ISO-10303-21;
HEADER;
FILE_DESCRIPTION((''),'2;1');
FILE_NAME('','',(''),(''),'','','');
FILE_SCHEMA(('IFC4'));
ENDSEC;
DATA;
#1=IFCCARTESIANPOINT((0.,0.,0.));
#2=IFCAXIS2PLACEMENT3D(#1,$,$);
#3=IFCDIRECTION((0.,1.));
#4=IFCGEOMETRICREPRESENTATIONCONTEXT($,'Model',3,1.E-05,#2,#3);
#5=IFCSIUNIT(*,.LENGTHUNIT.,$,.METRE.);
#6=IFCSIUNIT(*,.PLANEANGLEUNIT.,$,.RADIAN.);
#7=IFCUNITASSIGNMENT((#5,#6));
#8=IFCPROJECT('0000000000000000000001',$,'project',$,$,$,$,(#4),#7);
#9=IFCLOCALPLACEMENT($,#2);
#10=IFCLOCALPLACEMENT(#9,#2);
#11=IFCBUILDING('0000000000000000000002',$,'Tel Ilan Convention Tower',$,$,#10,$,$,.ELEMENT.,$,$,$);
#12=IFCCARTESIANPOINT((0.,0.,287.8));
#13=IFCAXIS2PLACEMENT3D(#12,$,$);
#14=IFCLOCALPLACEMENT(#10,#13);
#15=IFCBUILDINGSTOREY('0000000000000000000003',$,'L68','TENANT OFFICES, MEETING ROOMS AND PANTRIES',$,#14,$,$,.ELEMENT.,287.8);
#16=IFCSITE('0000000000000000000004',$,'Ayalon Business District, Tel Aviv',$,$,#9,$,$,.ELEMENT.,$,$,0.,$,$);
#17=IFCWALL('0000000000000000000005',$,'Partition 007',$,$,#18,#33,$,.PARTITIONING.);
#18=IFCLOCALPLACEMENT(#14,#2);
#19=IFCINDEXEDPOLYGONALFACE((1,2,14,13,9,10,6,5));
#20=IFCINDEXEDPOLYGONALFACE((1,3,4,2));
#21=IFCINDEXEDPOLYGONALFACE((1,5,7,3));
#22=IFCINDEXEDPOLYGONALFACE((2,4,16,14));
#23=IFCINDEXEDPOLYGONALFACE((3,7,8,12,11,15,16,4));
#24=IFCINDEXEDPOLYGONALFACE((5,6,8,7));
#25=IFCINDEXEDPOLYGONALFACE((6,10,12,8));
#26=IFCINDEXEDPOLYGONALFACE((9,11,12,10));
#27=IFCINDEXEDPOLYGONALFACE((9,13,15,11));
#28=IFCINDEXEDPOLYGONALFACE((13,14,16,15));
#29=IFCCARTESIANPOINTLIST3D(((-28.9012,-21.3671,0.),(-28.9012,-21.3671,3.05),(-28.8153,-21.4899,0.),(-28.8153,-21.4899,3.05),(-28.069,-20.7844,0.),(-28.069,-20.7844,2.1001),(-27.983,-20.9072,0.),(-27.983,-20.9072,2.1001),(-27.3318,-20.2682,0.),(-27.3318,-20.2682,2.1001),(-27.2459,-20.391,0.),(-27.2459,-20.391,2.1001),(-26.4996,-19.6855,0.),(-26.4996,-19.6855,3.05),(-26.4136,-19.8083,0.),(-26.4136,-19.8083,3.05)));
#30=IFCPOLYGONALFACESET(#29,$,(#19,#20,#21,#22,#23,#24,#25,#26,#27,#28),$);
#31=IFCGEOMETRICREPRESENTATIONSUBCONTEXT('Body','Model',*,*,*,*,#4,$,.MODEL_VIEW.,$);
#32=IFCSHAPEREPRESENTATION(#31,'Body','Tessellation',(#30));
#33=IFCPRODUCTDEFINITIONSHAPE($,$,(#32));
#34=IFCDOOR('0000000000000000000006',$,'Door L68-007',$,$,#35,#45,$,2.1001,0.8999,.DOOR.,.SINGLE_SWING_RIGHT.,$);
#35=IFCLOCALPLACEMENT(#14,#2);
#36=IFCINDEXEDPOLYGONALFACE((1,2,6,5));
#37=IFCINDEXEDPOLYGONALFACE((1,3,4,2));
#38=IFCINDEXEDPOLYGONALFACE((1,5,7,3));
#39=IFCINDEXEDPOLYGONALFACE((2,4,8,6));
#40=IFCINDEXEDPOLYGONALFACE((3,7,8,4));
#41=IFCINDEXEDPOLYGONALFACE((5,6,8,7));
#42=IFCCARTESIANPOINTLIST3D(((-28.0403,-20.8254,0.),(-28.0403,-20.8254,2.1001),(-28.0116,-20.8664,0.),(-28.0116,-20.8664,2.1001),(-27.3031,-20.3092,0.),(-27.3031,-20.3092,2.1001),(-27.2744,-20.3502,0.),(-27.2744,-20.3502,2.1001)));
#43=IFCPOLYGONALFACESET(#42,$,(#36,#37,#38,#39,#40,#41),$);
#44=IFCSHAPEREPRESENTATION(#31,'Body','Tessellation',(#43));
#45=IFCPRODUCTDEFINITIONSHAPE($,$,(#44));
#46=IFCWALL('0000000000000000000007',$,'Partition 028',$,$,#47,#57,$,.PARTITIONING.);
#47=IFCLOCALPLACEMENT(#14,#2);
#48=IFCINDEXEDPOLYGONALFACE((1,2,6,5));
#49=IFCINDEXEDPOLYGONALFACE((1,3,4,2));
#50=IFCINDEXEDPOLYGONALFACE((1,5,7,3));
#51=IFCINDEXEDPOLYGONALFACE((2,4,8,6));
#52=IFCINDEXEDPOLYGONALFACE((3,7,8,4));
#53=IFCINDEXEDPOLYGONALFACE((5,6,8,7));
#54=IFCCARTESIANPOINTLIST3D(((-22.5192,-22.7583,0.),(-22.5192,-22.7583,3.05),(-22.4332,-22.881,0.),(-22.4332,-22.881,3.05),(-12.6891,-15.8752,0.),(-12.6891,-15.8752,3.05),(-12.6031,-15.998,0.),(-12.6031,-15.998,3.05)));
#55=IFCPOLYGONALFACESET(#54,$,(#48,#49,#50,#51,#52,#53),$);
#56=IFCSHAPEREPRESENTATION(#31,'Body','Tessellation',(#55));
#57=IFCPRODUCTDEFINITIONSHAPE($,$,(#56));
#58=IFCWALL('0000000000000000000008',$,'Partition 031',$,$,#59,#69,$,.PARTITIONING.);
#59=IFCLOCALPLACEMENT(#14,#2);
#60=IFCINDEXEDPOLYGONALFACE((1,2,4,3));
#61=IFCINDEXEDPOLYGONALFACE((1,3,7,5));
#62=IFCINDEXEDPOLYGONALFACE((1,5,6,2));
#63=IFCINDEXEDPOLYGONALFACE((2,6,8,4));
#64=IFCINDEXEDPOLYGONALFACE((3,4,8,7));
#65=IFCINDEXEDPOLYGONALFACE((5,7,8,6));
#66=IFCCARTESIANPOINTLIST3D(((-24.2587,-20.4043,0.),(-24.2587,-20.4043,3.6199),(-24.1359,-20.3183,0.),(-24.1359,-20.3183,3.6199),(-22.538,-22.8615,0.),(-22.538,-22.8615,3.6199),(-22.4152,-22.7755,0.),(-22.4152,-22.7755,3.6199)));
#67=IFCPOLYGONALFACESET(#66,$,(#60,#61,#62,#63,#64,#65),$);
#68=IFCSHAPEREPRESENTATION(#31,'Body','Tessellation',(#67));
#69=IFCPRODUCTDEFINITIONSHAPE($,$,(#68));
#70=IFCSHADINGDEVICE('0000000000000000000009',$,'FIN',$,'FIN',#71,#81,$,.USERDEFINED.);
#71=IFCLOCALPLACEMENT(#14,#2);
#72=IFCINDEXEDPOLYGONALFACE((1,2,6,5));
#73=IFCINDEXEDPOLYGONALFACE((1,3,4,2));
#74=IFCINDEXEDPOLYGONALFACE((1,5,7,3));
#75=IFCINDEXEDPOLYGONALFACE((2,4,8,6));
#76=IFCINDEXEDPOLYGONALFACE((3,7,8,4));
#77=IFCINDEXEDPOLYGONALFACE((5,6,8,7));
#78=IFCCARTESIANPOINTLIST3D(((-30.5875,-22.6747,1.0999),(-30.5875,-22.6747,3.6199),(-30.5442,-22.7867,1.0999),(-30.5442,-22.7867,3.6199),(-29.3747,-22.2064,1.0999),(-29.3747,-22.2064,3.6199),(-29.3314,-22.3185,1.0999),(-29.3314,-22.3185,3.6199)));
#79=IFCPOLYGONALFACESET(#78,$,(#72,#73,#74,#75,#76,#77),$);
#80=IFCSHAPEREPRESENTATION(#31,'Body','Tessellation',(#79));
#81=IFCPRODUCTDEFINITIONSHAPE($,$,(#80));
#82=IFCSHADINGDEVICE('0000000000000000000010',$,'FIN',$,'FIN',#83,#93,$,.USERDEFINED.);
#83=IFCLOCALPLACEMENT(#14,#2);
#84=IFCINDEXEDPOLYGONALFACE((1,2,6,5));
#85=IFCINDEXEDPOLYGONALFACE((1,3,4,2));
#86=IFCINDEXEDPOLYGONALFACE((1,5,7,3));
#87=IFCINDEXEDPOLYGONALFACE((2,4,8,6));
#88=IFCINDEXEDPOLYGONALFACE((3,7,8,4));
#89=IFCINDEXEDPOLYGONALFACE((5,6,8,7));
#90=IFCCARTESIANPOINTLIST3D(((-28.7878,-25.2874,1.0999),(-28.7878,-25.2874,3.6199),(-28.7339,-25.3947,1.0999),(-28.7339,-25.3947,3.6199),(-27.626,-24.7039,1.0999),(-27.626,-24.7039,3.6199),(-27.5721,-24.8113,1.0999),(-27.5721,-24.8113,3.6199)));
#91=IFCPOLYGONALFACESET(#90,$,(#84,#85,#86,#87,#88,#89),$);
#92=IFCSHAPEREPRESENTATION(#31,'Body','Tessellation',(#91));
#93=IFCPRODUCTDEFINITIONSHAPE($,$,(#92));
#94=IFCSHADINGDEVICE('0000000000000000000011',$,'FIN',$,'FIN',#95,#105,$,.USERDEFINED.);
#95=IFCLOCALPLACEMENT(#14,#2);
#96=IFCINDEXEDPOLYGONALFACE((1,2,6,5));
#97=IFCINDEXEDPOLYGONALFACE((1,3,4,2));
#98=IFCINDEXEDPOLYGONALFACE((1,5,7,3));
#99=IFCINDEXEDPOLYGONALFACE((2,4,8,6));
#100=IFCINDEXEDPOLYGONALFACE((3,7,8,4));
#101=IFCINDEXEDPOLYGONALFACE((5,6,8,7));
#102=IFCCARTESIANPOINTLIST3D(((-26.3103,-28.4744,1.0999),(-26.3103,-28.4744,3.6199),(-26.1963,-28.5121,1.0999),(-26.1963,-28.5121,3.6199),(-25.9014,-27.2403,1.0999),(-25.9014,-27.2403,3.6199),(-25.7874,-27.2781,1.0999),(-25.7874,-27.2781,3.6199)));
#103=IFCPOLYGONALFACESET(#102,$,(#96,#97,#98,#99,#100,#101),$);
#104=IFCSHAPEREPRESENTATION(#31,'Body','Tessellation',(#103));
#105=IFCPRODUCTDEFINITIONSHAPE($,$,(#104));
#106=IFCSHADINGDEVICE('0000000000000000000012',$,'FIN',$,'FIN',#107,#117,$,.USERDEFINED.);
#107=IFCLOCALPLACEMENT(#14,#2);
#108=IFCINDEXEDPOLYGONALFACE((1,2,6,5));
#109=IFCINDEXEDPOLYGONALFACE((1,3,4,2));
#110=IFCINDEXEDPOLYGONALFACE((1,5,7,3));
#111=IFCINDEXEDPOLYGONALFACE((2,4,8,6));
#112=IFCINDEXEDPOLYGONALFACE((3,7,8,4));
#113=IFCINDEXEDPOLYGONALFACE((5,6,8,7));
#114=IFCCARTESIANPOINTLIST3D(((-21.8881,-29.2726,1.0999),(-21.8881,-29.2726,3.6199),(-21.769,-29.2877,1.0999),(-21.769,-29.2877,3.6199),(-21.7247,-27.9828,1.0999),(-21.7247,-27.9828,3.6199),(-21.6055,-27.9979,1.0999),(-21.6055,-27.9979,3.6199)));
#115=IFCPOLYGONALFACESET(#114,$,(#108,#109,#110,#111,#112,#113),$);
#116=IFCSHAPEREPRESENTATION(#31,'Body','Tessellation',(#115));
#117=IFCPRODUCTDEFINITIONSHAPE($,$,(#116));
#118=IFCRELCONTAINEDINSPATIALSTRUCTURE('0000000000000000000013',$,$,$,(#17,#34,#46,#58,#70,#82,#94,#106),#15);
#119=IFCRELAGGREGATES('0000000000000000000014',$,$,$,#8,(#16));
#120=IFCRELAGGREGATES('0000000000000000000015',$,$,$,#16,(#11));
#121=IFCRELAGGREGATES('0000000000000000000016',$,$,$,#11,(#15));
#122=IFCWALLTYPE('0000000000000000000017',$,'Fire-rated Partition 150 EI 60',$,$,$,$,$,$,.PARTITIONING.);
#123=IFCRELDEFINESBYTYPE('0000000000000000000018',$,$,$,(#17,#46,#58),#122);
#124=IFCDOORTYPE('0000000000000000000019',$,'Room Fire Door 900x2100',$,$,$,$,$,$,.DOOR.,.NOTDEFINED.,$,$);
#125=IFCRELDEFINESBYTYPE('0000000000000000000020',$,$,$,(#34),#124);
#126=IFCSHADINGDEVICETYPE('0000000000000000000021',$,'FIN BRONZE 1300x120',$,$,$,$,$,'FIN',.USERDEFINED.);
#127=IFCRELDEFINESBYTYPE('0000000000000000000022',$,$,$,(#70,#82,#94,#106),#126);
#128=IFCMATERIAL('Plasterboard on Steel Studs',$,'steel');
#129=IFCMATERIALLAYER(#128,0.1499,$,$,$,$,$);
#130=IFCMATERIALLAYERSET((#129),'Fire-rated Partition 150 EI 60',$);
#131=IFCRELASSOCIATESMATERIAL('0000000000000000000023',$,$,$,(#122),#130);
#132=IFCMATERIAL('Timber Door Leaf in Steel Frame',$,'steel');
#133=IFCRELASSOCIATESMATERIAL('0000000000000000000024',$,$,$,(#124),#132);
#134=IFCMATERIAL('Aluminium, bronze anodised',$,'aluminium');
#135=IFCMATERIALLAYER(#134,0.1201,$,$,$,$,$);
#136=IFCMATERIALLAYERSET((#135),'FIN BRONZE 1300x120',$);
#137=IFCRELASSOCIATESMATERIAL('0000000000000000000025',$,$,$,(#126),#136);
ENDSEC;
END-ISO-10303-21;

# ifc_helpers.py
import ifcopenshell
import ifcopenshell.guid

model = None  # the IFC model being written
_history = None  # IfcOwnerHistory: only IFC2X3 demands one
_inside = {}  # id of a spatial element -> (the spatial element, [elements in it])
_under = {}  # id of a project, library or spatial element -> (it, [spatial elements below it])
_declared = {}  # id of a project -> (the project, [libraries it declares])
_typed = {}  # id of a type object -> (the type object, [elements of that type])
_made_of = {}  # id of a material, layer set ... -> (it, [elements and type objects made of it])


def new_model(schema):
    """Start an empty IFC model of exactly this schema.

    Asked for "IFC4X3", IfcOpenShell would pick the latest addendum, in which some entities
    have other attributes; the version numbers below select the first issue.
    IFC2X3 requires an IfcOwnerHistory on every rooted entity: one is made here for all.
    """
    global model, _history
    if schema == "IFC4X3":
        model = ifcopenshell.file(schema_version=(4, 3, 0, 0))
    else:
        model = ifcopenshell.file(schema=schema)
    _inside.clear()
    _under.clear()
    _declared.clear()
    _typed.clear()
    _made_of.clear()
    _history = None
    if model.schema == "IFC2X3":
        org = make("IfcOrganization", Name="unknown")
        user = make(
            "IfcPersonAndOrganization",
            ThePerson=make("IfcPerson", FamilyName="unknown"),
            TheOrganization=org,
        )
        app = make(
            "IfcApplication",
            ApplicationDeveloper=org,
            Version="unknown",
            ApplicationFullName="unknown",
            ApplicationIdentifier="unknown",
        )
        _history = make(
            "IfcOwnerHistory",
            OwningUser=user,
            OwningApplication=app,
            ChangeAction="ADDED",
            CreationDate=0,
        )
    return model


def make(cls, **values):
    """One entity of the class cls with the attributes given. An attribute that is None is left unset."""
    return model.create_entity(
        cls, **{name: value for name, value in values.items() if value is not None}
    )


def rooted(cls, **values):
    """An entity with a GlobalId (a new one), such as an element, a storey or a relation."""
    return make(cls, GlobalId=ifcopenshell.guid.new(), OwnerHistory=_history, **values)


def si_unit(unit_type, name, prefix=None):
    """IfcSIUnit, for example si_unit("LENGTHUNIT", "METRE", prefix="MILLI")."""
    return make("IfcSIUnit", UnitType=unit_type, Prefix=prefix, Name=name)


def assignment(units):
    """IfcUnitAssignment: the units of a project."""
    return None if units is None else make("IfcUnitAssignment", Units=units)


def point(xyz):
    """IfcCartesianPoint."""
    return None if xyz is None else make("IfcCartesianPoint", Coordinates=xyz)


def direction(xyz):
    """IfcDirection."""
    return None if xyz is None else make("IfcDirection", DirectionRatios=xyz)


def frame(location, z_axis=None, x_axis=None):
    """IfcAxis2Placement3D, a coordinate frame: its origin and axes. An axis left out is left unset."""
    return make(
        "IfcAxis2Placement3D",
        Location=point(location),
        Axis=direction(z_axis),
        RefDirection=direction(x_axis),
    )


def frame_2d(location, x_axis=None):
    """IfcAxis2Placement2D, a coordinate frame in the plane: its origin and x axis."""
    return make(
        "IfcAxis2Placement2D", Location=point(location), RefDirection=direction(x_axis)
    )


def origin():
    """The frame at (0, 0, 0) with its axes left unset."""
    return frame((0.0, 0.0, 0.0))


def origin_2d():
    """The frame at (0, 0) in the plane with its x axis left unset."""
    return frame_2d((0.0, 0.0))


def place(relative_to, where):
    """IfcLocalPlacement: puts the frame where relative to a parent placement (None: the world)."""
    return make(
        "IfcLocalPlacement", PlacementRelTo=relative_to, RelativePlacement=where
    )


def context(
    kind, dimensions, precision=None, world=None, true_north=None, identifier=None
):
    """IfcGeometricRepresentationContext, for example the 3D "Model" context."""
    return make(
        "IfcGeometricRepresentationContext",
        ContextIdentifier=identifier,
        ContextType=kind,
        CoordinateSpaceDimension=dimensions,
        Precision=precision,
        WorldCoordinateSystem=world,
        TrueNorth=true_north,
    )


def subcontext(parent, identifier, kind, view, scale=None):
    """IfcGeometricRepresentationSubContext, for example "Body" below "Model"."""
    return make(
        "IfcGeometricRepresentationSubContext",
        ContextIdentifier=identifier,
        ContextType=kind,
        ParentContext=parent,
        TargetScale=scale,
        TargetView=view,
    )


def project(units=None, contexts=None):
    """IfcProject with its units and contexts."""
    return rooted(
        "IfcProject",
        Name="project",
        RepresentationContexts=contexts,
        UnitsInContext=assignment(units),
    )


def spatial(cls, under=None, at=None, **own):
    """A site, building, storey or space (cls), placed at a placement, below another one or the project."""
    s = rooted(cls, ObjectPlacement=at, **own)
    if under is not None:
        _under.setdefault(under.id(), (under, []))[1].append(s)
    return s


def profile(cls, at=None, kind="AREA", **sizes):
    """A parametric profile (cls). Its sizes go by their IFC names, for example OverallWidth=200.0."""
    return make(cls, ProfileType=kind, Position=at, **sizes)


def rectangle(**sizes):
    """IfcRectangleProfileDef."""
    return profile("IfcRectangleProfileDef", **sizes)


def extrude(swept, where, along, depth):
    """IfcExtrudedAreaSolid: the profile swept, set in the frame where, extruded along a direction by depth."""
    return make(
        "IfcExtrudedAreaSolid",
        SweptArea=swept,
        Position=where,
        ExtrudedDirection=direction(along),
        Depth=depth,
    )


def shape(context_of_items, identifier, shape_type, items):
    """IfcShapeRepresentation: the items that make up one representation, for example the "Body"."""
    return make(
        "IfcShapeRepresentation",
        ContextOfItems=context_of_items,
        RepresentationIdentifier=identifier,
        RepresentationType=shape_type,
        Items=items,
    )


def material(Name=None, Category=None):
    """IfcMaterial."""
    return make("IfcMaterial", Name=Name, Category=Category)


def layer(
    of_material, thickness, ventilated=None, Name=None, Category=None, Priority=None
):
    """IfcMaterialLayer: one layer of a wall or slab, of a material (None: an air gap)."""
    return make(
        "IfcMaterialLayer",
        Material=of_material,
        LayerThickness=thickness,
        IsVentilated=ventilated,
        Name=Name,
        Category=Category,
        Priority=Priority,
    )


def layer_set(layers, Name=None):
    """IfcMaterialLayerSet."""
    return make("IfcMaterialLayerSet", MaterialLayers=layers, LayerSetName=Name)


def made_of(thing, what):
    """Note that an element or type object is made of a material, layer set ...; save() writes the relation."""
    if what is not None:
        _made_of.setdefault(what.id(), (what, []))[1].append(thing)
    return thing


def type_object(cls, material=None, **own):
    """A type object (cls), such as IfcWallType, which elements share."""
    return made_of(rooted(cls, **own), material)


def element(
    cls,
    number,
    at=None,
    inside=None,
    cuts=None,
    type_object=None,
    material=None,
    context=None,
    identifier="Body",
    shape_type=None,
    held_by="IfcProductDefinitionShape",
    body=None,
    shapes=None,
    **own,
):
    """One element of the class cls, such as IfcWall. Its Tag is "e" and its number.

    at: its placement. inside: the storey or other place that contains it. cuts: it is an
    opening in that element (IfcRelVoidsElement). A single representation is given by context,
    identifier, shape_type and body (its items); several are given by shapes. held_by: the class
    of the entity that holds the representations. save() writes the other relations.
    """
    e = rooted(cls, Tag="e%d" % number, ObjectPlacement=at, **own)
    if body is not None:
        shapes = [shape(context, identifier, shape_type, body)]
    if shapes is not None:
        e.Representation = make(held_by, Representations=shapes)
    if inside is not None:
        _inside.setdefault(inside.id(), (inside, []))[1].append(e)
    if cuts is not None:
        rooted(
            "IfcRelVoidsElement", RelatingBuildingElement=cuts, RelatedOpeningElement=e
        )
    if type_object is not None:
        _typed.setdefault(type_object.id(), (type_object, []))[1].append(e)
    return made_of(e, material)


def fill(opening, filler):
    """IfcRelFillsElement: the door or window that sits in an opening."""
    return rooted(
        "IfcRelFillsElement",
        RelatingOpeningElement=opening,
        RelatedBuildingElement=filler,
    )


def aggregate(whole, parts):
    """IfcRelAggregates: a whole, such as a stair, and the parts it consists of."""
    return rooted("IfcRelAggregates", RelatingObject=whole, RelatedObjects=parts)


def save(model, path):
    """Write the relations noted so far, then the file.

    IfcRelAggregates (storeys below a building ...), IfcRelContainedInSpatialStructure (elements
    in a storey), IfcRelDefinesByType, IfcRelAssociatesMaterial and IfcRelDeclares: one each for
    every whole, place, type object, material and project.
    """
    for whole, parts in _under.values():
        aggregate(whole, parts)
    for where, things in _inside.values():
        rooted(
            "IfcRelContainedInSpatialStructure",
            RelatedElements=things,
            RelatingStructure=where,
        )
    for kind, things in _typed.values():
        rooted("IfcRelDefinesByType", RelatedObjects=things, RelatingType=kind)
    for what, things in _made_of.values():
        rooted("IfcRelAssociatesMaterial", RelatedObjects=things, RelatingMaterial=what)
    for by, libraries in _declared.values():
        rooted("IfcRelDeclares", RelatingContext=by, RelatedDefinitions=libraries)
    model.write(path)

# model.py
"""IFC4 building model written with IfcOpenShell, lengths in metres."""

from ifc_helpers import new_model, si_unit, direction, frame, frame_2d, origin, origin_2d, place, context, subcontext, project, spatial, rectangle, extrude, material, layer, layer_set, type_object, element, fill, save


model = new_model("IFC4")

# Units and contexts
model_context = context("Model", 3, precision=1e-05, world=origin(), true_north=direction((0.0, 1.0)))
body_context = subcontext(model_context, "Body", "Model", "MODEL_VIEW")
ifc_project = project(units=[si_unit("LENGTHUNIT", "METRE"), si_unit("PLANEANGLEUNIT", "RADIAN")], contexts=[model_context])

# Site, building, storey
site_placement = place(None, origin())
site = spatial("IfcSite", under=ifc_project, at=site_placement, Name="Ayalon Business District, Tel Aviv", CompositionType="ELEMENT", RefElevation=0.0)
building_placement = place(site_placement, origin())
building = spatial("IfcBuilding", under=site, at=building_placement, Name="Tel Ilan Convention Tower", CompositionType="ELEMENT")
storey_placement = place(building_placement, frame((0.0, 0.0, 287.8)))
storey = spatial("IfcBuildingStorey", under=building, at=storey_placement, Name="L68", Description="TENANT OFFICES, MEETING ROOMS AND PANTRIES", CompositionType="ELEMENT", Elevation=287.8)

# Wall, opening, door
ifc_material_1 = material(Name="Plasterboard on Steel Studs", Category="steel")
ifc_layer_1 = layer(ifc_material_1, 0.1499)
ifc_layer_set_1 = layer_set([ifc_layer_1], Name="Fire-rated Partition 150 EI 60")
wall_type = type_object("IfcWallType", Name="Fire-rated Partition 150 EI 60", PredefinedType="PARTITIONING", material=ifc_layer_set_1)
wall_1_placement = place(storey_placement, frame((-28.8582, -21.4285, 0.0), z_axis=(0.0, 0.0, 1.0), x_axis=(0.81915, 0.57358, 0.0)))
wall_1 = element("IfcWall", 1, at=wall_1_placement, inside=storey, type_object=wall_type, Name="Partition 007", PredefinedType="PARTITIONING", context=body_context, shape_type="SweptSolid", body=[
    extrude(rectangle(XDim=2.9319, YDim=0.1499, at=frame_2d((1.4658, 0.0))), origin(), (0.0, 0.0, 1.0), 3.05),
])
opening_placement = place(wall_1_placement, frame((1.0159, 0.0, 0.0)))
opening = element("IfcOpeningElement", 2, at=opening_placement, cuts=wall_1, PredefinedType="OPENING", context=body_context, shape_type="SweptSolid", body=[
    extrude(rectangle(XDim=0.8999, YDim=2.1001, at=frame_2d((0.45, 1.05))), frame((0.0, 0.085, 0.0), z_axis=(0.0, -1.0, 0.0), x_axis=(1.0, 0.0, 0.0)), (0.0, 0.0, 1.0), 0.1699),
])
ifc_material_2 = material(Name="Timber Door Leaf in Steel Frame", Category="steel")
door_type = type_object("IfcDoorType", Name="Room Fire Door 900x2100", OperationType="NOTDEFINED", PredefinedType="DOOR", material=ifc_material_2)
door_placement = place(opening_placement, origin())
door = element("IfcDoor", 3, at=door_placement, inside=storey, type_object=door_type, Name="Door L68-007", OperationType="SINGLE_SWING_RIGHT", OverallHeight=2.1001, OverallWidth=0.8999, PredefinedType="DOOR", context=body_context, shape_type="SweptSolid", body=[
    extrude(rectangle(XDim=0.8999, YDim=2.1001, at=frame_2d((0.45, 1.05))), frame((0.0, 0.0249, 0.0), z_axis=(0.0, -1.0, 0.0), x_axis=(1.0, 0.0, 0.0)), (0.0, 0.0, 1.0), 0.05),
])
fill(opening, door)

# Walls
wall_2_placement = place(storey_placement, frame((-22.4761, -22.8196, 0.0), z_axis=(0.0, 0.0, 1.0), x_axis=(0.819154, 0.573574, 0.0)))
element("IfcWall", 4, at=wall_2_placement, inside=storey, type_object=wall_type, Name="Partition 028", PredefinedType="PARTITIONING", context=body_context, shape_type="SweptSolid", body=[
    extrude(rectangle(XDim=12.0002, YDim=0.1499, at=frame_2d((6.0, 0.0))), origin(), (0.0, 0.0, 1.0), 3.05),
])
wall_3_placement = place(storey_placement, frame((-22.4766, -22.8186, 0.0), z_axis=(0.0, 0.0, 1.0), x_axis=(-0.573599, 0.819136, 0.0)))
element("IfcWall", 5, at=wall_3_placement, inside=storey, type_object=wall_type, Name="Partition 031", PredefinedType="PARTITIONING", context=body_context, shape_type="SweptSolid", body=[
    extrude(rectangle(XDim=2.9998, YDim=0.1499, at=frame_2d((1.5, 0.0))), origin(), (0.0, 0.0, 1.0), 3.6199),
])

# Shading devices
ifc_material_3 = material(Name="Aluminium, bronze anodised", Category="aluminium")
ifc_layer_2 = layer(ifc_material_3, 0.1201)
ifc_layer_set_2 = layer_set([ifc_layer_2], Name="FIN BRONZE 1300x120")
shading_device_type = type_object("IfcShadingDeviceType", Name="FIN BRONZE 1300x120", ElementType="FIN", PredefinedType="USERDEFINED", material=ifc_layer_set_2)
for number, where, z_axis, x_axis, name in (
    (6, (-29.9595, -22.4966, 1.0999), (0.0, 0.0, 1.0), (-0.932884, -0.360178, 0.0), "FIN"),
    (7, (-28.1799, -25.0493, 1.0999), (0.0, 0.0, 1.0), (-0.893633, -0.448799, 0.0), "FIN"),
    (8, (-26.0488, -27.8762, 1.0999), (0.0, 0.0, 1.0), (-0.314545, -0.949243, 0.0), "FIN"),
    (9, (-21.7468, -28.6353, 1.0999), (0.0, 0.0, 1.0), (-0.125718, -0.992066, 0.0), "FIN"),
):
    element("IfcShadingDevice", number, at=place(storey_placement, frame(where, z_axis=z_axis, x_axis=x_axis)), inside=storey, type_object=shading_device_type, Name=name, ObjectType="FIN", PredefinedType="USERDEFINED", context=body_context, shape_type="SweptSolid", body=[
        extrude(rectangle(XDim=1.3, YDim=0.1201, at=origin_2d()), origin(), (0.0, 0.0, 1.0), 2.52),
    ])

save(model, "model.ifc")
